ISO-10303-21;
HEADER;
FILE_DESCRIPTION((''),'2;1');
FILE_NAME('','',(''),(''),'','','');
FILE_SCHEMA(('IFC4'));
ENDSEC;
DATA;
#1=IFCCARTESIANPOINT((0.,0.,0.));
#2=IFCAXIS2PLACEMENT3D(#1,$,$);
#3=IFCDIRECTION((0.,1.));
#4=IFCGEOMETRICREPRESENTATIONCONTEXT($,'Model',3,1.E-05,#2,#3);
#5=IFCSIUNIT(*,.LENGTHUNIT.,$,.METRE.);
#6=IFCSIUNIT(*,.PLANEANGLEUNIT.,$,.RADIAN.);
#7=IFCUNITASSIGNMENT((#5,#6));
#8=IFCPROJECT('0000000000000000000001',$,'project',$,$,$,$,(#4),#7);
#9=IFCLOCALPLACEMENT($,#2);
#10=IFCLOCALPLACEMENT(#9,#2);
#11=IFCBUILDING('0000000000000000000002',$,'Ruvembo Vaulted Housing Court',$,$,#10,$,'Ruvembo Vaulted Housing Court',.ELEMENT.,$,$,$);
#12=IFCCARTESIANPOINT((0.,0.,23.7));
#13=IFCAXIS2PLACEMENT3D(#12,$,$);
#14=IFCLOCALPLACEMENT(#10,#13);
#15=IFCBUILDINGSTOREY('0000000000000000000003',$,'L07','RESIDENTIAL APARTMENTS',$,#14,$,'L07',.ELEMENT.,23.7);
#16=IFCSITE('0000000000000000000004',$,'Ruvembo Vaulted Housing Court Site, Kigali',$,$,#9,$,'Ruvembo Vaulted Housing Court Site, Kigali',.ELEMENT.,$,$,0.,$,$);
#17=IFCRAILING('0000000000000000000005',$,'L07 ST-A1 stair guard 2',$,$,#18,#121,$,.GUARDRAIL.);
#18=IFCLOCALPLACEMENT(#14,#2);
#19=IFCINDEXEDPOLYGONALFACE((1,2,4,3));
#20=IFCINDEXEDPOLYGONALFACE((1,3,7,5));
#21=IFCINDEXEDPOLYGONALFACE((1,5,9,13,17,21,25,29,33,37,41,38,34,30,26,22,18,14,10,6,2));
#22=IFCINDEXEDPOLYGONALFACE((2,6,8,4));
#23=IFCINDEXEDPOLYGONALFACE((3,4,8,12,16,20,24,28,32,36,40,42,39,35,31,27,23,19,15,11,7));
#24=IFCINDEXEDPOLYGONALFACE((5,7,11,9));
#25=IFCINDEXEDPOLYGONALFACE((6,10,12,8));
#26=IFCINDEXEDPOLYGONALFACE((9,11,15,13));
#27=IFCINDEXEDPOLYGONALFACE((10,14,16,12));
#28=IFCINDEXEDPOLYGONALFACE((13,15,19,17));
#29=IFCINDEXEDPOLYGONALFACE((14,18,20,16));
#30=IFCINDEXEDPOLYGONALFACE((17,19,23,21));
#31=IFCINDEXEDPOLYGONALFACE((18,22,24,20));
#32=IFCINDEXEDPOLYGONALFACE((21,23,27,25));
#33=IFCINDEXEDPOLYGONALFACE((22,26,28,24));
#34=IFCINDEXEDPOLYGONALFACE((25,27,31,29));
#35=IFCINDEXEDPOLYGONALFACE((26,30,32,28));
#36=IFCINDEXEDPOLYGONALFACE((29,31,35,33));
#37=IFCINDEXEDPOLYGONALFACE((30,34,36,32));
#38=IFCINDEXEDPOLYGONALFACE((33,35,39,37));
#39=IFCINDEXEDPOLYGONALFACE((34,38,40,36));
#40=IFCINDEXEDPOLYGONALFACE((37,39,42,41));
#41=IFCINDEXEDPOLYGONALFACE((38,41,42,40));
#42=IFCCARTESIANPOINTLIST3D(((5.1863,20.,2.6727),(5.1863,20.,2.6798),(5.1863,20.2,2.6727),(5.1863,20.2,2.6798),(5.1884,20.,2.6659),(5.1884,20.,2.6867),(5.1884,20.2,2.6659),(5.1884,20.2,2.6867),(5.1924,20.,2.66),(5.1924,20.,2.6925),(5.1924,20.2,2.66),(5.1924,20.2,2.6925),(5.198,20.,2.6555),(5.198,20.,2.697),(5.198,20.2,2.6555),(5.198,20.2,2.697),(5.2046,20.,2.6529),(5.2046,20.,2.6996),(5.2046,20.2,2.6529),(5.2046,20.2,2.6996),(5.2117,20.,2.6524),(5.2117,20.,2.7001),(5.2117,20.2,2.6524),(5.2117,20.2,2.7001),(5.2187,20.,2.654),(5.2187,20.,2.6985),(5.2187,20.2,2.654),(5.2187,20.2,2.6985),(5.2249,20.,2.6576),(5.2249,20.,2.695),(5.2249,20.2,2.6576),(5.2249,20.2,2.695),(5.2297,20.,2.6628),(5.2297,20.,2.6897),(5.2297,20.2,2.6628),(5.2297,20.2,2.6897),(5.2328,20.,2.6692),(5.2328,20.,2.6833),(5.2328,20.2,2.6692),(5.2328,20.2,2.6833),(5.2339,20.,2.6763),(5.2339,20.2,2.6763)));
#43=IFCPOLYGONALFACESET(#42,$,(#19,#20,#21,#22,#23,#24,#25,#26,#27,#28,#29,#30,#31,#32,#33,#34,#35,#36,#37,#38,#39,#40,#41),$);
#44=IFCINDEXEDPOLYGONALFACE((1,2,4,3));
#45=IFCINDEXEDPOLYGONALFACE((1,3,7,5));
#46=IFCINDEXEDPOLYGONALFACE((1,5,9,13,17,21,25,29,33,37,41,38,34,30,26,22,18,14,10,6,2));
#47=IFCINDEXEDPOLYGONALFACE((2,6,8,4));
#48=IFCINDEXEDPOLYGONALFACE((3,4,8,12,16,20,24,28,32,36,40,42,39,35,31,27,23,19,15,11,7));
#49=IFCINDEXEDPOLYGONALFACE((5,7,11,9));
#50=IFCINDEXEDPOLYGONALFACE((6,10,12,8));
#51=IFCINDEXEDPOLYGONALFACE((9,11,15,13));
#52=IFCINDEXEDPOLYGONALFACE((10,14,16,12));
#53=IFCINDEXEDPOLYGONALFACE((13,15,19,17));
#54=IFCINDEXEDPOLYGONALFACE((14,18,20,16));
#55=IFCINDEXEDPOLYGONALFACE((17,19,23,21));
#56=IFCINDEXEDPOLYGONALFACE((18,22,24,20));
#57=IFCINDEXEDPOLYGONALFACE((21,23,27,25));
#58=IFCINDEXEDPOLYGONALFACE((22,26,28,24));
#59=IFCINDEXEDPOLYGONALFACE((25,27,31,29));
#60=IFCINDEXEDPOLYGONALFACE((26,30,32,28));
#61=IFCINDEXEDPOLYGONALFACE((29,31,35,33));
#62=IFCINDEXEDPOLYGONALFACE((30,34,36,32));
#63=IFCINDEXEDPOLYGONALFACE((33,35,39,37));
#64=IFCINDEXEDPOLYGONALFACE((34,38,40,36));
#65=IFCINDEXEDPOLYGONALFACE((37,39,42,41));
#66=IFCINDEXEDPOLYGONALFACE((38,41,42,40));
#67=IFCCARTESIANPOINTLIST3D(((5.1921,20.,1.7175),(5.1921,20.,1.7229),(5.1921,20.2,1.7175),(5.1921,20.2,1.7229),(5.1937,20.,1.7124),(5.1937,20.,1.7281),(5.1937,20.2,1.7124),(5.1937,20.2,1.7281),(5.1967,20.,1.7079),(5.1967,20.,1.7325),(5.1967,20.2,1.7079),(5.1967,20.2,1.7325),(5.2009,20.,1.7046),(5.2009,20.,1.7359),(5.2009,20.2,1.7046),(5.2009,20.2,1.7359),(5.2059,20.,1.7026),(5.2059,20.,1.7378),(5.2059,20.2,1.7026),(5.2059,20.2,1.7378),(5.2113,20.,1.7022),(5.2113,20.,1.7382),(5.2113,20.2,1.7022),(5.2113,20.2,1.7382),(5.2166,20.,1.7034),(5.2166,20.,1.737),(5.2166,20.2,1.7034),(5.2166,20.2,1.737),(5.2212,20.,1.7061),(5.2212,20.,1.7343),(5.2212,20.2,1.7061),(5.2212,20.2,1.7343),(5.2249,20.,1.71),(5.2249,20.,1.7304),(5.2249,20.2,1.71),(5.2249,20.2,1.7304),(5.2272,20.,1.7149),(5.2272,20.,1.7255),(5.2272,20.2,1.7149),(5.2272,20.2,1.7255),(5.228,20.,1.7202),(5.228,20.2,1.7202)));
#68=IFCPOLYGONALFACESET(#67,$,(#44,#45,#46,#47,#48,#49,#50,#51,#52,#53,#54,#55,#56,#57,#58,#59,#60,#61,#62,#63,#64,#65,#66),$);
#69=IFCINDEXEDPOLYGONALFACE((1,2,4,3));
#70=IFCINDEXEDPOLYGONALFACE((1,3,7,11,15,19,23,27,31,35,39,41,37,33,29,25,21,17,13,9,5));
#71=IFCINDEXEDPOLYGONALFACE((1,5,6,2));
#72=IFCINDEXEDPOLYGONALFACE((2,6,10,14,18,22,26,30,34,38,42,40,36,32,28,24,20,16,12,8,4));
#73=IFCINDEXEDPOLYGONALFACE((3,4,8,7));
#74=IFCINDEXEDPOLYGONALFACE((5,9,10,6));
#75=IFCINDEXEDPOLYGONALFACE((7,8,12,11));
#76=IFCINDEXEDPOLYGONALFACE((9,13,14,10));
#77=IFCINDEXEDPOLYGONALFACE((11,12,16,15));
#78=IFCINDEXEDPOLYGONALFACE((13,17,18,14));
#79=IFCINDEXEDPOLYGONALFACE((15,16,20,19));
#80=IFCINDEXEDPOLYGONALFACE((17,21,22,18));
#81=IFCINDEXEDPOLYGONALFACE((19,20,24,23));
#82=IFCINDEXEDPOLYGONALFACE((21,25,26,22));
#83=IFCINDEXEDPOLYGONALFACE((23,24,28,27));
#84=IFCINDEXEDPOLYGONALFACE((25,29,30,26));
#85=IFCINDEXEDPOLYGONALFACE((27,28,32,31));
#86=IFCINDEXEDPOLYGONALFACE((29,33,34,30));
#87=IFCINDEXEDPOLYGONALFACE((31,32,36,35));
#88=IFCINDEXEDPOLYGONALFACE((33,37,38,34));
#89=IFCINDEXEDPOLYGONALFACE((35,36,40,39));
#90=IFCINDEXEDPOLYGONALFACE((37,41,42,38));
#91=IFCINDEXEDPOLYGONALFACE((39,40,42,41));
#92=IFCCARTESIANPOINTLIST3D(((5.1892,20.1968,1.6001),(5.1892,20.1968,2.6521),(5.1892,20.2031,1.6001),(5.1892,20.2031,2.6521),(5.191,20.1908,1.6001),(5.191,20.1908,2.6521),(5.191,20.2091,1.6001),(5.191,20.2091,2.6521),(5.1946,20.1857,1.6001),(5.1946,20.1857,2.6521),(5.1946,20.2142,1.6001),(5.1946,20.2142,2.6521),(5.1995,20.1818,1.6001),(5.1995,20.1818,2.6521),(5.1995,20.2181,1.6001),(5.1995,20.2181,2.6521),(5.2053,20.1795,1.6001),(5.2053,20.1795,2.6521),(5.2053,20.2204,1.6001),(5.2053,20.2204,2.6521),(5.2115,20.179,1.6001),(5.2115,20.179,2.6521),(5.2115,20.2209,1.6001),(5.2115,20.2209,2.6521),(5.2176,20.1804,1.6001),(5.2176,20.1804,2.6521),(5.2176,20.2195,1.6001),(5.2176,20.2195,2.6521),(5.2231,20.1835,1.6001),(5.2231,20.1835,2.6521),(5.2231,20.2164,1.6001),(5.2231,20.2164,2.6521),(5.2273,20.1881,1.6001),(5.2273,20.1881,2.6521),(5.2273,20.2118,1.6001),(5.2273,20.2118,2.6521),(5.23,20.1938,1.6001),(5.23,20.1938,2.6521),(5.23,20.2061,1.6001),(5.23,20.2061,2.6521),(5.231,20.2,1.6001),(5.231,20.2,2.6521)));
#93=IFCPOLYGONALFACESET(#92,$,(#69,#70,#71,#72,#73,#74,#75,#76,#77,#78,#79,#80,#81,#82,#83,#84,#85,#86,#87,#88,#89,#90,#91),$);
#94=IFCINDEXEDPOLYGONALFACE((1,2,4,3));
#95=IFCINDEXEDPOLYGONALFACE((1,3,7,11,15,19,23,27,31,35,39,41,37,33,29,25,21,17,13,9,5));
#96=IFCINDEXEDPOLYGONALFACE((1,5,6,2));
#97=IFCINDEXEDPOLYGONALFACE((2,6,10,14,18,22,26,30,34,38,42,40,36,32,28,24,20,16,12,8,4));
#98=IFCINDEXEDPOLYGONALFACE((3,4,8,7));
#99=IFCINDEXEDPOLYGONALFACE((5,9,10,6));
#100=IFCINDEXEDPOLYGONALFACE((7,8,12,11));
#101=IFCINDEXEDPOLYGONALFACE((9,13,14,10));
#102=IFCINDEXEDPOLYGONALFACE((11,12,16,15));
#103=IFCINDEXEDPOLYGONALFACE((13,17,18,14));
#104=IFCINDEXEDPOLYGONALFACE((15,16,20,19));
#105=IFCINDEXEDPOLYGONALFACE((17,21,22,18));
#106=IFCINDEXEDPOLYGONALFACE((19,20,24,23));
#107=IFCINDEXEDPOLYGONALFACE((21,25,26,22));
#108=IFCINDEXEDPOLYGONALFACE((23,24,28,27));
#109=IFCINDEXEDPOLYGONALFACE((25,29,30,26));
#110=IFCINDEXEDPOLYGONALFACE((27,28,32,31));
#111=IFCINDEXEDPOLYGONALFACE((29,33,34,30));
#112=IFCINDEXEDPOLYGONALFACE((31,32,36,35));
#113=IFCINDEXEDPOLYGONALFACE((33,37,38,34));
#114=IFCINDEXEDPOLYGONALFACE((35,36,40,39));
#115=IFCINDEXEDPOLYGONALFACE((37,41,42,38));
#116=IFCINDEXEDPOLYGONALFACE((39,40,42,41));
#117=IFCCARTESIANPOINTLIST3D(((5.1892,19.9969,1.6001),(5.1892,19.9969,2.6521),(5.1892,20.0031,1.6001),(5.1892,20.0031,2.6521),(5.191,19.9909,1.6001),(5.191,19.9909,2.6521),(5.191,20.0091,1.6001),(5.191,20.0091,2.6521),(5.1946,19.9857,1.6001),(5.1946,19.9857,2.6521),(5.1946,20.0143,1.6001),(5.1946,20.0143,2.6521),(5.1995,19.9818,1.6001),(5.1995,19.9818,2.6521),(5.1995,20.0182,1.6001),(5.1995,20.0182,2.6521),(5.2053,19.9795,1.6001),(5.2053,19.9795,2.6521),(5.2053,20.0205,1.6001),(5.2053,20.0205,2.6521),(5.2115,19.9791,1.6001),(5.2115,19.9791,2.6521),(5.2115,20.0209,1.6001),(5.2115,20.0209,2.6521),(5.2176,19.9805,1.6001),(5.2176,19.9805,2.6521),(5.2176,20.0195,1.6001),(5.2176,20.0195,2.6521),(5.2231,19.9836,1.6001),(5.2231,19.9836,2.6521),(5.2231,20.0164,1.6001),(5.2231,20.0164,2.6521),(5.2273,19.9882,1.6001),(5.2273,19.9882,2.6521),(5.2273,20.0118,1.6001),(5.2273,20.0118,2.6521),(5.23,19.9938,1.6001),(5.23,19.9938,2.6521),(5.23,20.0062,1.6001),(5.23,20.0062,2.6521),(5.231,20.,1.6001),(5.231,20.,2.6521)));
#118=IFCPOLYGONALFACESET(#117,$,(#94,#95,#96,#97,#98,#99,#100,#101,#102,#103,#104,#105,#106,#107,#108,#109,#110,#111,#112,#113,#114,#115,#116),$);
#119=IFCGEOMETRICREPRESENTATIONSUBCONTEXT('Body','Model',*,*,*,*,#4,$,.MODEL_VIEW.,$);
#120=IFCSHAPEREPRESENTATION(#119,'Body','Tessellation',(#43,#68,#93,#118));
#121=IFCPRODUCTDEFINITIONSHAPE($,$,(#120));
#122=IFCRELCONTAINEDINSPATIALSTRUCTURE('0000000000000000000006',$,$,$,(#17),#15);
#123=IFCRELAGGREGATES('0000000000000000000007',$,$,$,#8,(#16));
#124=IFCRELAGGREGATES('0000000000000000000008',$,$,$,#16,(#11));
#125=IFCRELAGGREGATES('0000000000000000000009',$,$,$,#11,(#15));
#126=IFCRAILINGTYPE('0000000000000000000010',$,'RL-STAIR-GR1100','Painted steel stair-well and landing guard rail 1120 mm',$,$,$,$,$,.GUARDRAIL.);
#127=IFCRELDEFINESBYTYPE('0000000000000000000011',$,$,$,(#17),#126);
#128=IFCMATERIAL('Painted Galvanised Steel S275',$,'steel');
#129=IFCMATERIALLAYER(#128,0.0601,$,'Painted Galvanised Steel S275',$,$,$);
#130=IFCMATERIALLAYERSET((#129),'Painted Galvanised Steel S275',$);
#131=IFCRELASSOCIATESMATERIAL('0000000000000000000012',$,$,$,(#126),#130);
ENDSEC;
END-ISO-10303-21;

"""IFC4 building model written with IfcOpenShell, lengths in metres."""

from ifc_helpers import new_model, si_unit, direction, frame, origin, origin_2d, place, context, subcontext, project, spatial, circle, extrude, material, layer, layer_set, type_object, element, save


model = new_model("IFC4")

# Units and contexts
model_context = context("Model", 3, precision=1e-05, world=origin(), true_north=direction((0.0, 1.0)))
body_context = subcontext(model_context, "Body", "Model", "MODEL_VIEW")
ifc_project = project(units=[si_unit("LENGTHUNIT", "METRE"), si_unit("PLANEANGLEUNIT", "RADIAN")], contexts=[model_context])

# Site, building, storey
site_placement = place(None, origin())
site = spatial("IfcSite", under=ifc_project, at=site_placement, Name="Ruvembo Vaulted Housing Court Site, Kigali", LongName="Ruvembo Vaulted Housing Court Site, Kigali", CompositionType="ELEMENT", RefElevation=0.0)
building_placement = place(site_placement, origin())
building = spatial("IfcBuilding", under=site, at=building_placement, Name="Ruvembo Vaulted Housing Court", LongName="Ruvembo Vaulted Housing Court", CompositionType="ELEMENT")
storey_placement = place(building_placement, frame((0.0, 0.0, 23.7)))
storey = spatial("IfcBuildingStorey", under=building, at=storey_placement, Name="L07", Description="RESIDENTIAL APARTMENTS", LongName="L07", CompositionType="ELEMENT", Elevation=23.7)

# Railing
ifc_material_1 = material(Name="Painted Galvanised Steel S275", Category="steel")
ifc_layer_1 = layer(ifc_material_1, 0.0601, Name="Painted Galvanised Steel S275")
ifc_layer_set_1 = layer_set([ifc_layer_1], Name="Painted Galvanised Steel S275")
railing_type_1 = type_object("IfcRailingType", Name="RL-STAIR-GR1100", Description="Painted steel stair-well and landing guard rail 1120 mm", PredefinedType="GUARDRAIL", material=ifc_layer_set_1)
railing_1_placement = place(storey_placement, frame((5.21, 20.2, 1.6001)))
element("IfcRailing", 1, at=railing_1_placement, inside=storey, type_object=railing_type_1, Name="L07 ST-A1 stair guard 2", PredefinedType="GUARDRAIL", context=body_context, shape_type="SweptSolid", body=[
    extrude(circle(Radius=0.0239, at=origin_2d()), frame((0.0, 0.0, 1.0762), z_axis=(0.0, -1.0, 0.0), x_axis=(1.0, 0.0, 0.0)), (0.0, 0.0, 1.0), 0.2),
    extrude(circle(Radius=0.0181, at=origin_2d()), frame((0.0, 0.0, 0.1201), z_axis=(0.0, -1.0, 0.0), x_axis=(1.0, 0.0, 0.0)), (0.0, 0.0, 1.0), 0.2),
    extrude(circle(Radius=0.021, at=origin_2d()), origin(), (0.0, 0.0, 1.0), 1.052),
    extrude(circle(Radius=0.021, at=origin_2d()), frame((0.0, -0.2, 0.0)), (0.0, 0.0, 1.0), 1.052),
])

save(model, "model.ifc")
